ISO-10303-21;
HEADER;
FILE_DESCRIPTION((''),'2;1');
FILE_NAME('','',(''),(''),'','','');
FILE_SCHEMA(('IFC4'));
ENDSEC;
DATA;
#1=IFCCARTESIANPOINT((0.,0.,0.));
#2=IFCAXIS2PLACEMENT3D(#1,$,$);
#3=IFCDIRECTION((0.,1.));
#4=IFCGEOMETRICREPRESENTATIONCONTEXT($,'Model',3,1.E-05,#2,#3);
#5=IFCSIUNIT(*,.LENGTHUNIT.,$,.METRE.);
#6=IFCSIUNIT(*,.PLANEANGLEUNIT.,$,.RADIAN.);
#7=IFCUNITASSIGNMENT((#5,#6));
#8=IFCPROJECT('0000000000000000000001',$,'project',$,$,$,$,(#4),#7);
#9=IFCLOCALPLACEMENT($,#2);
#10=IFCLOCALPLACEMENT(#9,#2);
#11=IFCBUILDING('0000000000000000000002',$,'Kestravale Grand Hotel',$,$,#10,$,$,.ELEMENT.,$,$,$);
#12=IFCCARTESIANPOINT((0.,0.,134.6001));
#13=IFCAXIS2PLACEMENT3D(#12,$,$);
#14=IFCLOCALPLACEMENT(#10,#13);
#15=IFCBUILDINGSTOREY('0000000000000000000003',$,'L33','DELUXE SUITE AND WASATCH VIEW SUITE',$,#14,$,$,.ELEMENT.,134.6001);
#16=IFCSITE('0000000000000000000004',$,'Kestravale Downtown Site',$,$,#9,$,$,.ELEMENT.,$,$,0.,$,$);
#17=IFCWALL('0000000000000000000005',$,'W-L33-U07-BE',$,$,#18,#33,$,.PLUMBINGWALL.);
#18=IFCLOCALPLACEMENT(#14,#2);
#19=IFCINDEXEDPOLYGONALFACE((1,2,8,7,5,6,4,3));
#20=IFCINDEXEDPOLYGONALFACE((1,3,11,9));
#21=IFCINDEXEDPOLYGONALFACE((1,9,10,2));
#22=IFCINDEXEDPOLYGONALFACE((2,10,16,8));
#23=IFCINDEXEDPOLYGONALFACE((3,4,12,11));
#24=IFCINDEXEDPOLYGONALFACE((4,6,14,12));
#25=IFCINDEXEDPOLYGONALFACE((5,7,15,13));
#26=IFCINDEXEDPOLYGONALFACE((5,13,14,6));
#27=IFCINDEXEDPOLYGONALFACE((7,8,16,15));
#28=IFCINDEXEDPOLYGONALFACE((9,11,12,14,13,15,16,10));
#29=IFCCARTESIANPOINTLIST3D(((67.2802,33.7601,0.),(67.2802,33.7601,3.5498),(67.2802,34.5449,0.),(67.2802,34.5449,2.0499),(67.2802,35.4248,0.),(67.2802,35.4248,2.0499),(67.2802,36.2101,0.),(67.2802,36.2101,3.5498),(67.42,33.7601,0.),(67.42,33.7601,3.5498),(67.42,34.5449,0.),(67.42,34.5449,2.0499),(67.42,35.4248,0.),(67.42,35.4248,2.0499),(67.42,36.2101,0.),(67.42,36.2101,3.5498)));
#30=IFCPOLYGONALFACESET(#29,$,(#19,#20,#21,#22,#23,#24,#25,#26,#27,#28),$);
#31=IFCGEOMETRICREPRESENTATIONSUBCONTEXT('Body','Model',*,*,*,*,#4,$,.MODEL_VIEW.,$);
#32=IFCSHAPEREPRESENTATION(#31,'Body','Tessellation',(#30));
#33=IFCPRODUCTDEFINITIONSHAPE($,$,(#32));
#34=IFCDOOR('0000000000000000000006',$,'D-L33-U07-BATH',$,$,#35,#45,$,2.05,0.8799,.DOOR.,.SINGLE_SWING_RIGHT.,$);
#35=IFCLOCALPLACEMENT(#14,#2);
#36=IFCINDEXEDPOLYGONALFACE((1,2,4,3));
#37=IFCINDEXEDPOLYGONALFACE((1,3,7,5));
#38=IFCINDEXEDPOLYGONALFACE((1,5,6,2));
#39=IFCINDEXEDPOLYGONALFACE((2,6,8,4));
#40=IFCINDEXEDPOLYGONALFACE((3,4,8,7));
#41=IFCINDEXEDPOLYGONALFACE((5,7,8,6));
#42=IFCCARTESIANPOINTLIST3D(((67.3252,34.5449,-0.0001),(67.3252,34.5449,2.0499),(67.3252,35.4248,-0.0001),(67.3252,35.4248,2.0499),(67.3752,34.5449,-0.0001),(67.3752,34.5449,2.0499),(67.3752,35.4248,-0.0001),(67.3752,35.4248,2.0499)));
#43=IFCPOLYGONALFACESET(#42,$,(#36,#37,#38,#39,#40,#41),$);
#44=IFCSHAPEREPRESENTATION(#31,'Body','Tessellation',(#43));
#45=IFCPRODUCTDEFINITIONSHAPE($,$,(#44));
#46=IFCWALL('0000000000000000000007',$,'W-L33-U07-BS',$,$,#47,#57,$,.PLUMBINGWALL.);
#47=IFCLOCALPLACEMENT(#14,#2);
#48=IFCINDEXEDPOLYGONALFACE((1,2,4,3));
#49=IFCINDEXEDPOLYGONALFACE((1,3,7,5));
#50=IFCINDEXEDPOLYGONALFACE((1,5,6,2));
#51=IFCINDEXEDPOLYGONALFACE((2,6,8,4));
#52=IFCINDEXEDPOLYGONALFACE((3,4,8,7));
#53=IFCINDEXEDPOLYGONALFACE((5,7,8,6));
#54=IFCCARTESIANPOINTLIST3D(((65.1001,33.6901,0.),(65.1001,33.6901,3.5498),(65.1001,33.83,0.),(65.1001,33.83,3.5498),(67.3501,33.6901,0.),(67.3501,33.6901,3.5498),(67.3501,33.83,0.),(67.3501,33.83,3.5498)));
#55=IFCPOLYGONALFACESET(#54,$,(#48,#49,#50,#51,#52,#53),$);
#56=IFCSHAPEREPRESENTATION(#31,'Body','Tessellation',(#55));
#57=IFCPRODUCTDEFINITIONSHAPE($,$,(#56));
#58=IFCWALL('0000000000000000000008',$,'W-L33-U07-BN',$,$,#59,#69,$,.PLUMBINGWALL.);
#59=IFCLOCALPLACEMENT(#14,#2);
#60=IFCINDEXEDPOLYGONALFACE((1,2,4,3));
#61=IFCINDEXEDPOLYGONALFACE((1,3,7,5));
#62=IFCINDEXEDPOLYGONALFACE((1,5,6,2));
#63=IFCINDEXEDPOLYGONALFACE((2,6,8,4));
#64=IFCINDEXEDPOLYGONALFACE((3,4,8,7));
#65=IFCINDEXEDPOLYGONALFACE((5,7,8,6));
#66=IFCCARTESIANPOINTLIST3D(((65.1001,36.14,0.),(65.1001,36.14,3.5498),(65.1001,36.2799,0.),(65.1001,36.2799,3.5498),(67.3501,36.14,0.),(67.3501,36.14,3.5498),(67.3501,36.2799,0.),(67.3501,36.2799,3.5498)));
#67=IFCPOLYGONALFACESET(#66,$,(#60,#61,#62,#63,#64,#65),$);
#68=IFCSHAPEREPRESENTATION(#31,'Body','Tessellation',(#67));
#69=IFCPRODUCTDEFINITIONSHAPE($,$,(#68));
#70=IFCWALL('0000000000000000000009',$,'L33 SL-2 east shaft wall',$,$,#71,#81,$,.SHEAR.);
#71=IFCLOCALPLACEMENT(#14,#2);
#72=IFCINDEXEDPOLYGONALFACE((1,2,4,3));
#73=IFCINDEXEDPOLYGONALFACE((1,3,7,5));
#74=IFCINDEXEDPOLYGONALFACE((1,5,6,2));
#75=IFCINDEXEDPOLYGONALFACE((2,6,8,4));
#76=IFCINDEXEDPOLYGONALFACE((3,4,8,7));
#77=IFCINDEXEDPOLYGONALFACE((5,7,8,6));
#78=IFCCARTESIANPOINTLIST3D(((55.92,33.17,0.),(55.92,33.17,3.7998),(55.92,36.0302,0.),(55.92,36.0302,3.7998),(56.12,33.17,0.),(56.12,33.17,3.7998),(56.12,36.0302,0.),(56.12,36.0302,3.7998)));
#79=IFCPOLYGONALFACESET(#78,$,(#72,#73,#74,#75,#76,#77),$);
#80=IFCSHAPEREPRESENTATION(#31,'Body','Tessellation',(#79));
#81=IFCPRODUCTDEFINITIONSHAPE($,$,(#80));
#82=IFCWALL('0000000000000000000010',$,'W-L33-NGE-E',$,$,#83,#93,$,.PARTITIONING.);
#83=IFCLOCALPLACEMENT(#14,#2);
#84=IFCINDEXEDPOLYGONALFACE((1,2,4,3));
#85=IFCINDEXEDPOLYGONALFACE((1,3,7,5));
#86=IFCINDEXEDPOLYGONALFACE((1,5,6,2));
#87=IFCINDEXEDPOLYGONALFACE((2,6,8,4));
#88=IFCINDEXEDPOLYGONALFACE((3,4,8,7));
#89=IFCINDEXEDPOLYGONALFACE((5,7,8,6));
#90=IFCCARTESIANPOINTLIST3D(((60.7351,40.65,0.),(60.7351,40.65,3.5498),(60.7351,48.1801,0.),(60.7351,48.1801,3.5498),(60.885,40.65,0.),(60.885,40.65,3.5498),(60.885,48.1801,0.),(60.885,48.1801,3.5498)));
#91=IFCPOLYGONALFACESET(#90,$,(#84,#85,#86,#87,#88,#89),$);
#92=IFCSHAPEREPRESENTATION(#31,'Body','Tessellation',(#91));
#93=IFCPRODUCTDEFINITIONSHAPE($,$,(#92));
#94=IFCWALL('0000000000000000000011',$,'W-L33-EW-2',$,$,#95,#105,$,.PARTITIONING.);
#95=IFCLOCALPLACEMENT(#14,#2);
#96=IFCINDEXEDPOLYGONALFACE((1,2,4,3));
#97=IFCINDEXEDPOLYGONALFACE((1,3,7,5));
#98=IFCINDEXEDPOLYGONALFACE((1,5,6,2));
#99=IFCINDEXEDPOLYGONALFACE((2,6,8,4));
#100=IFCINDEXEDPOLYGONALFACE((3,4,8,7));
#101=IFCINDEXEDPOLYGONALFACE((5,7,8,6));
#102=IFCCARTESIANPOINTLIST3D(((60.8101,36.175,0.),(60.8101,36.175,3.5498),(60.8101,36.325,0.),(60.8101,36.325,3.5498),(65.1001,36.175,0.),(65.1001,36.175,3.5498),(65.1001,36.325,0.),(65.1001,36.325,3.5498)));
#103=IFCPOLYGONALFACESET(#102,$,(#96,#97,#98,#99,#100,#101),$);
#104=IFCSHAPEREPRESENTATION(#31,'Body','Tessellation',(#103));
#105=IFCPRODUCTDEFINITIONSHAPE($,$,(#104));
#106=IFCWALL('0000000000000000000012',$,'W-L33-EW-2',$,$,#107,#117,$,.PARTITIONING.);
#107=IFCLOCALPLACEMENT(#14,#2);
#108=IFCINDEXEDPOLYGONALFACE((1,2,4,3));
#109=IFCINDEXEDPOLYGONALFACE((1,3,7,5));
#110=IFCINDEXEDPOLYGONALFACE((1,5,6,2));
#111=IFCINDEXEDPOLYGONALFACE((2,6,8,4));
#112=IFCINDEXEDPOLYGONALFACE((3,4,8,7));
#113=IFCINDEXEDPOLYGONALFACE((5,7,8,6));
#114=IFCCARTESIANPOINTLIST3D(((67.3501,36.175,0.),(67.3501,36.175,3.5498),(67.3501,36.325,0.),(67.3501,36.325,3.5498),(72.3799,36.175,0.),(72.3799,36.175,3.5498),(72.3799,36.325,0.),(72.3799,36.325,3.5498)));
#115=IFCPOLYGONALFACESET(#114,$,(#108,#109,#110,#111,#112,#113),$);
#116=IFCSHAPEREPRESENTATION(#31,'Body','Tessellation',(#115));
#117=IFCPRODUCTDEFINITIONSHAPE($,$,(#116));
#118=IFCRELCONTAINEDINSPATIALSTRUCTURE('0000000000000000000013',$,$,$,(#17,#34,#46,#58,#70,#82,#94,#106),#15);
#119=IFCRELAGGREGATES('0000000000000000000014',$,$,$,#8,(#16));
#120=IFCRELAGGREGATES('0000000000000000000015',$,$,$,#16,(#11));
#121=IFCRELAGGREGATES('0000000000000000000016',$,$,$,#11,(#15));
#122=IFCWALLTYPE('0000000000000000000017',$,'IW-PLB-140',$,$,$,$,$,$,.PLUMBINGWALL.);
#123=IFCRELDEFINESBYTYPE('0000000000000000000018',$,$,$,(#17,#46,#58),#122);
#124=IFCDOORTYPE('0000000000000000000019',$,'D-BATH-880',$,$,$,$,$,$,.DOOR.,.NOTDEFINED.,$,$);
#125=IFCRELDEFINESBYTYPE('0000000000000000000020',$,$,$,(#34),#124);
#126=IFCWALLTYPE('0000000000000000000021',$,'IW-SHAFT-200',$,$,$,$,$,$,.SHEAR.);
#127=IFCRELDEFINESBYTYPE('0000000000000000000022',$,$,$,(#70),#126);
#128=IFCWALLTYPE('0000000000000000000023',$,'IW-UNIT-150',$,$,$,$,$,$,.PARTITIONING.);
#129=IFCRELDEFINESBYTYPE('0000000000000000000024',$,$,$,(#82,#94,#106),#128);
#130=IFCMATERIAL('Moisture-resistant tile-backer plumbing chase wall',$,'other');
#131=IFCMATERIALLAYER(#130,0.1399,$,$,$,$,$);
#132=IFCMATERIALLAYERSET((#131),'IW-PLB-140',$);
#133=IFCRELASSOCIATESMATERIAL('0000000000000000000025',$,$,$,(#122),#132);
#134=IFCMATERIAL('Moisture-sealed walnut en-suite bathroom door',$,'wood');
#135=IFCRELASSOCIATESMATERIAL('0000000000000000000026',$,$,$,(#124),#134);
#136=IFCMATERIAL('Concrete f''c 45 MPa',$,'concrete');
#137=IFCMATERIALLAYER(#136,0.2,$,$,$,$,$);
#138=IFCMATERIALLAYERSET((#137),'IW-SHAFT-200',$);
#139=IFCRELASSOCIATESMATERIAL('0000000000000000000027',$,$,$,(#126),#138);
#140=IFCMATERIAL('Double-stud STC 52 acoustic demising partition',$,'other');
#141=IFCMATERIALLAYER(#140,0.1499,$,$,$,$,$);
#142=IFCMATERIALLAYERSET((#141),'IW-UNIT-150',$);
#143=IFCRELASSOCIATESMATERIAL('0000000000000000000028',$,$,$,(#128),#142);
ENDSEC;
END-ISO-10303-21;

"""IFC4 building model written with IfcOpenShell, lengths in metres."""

from ifc_helpers import new_model, si_unit, direction, frame, frame_2d, origin, place, context, subcontext, project, spatial, rectangle, extrude, material, layer, layer_set, type_object, element, fill, save


model = new_model("IFC4")

# Units and contexts
model_context = context("Model", 3, precision=1e-05, world=origin(), true_north=direction((0.0, 1.0)))
body_context = subcontext(model_context, "Body", "Model", "MODEL_VIEW")
ifc_project = project(units=[si_unit("LENGTHUNIT", "METRE"), si_unit("PLANEANGLEUNIT", "RADIAN")], contexts=[model_context])

# Site, building, storey
site_placement = place(None, origin())
site = spatial("IfcSite", under=ifc_project, at=site_placement, Name="Kestravale Downtown Site", CompositionType="ELEMENT", RefElevation=0.0)
building_placement = place(site_placement, origin())
building = spatial("IfcBuilding", under=site, at=building_placement, Name="Kestravale Grand Hotel", CompositionType="ELEMENT")
storey_placement = place(building_placement, frame((0.0, 0.0, 134.6001)))
storey = spatial("IfcBuildingStorey", under=building, at=storey_placement, Name="L33", Description="DELUXE SUITE AND WASATCH VIEW SUITE", CompositionType="ELEMENT", Elevation=134.6001)

# Shared definitions
ifc_material_1 = material(Name="Moisture-resistant tile-backer plumbing chase wall", Category="other")
ifc_layer_1 = layer(ifc_material_1, 0.1399)
ifc_layer_set_1 = layer_set([ifc_layer_1], Name="IW-PLB-140")
wall_type_1 = type_object("IfcWallType", Name="IW-PLB-140", PredefinedType="PLUMBINGWALL", material=ifc_layer_set_1)

# Wall, opening, door
wall_1_placement = place(storey_placement, frame((67.3501, 33.76, 0.0), z_axis=(0.0, 0.0, 1.0), x_axis=(0.0, 1.0, 0.0)))
wall_1 = element("IfcWall", 1, at=wall_1_placement, inside=storey, type_object=wall_type_1, Name="W-L33-U07-BE", PredefinedType="PLUMBINGWALL", context=body_context, shape_type="SweptSolid", body=[
    extrude(rectangle(XDim=2.45, YDim=0.1399, at=frame_2d((1.2251, 0.0))), origin(), (0.0, 0.0, 1.0), 3.5498),
])
opening_1_placement = place(wall_1_placement, frame((0.7849, 0.0, 0.0)))
opening_1 = element("IfcOpeningElement", 2, at=opening_1_placement, cuts=wall_1, PredefinedType="OPENING", context=body_context, shape_type="SweptSolid", body=[
    extrude(rectangle(XDim=0.8799, YDim=2.05, at=frame_2d((0.4399, 1.0249))), frame((0.0, 0.0798, 0.0), z_axis=(0.0, -1.0, 0.0), x_axis=(1.0, 0.0, 0.0)), (0.0, 0.0, 1.0), 0.1599),
])
ifc_material_2 = material(Name="Moisture-sealed walnut en-suite bathroom door", Category="wood")
door_type_1 = type_object("IfcDoorType", Name="D-BATH-880", OperationType="NOTDEFINED", PredefinedType="DOOR", material=ifc_material_2)
door_1_placement = place(opening_1_placement, origin())
door_1 = element("IfcDoor", 3, at=door_1_placement, inside=storey, type_object=door_type_1, Name="D-L33-U07-BATH", OperationType="SINGLE_SWING_RIGHT", OverallHeight=2.05, OverallWidth=0.8799, PredefinedType="DOOR", context=body_context, shape_type="SweptSolid", body=[
    extrude(rectangle(XDim=0.8799, YDim=2.05, at=frame_2d((0.4399, 1.0249))), frame((0.0, 0.0249, 0.0), z_axis=(0.0, -1.0, 0.0), x_axis=(1.0, 0.0, 0.0)), (0.0, 0.0, 1.0), 0.05),
])
fill(opening_1, door_1)

# Walls
for number, where, z_axis, x_axis, name in (
    (4, (65.1001, 33.76, 0.0), (0.0, 0.0, 1.0), (1.0, 0.0, 0.0), "W-L33-U07-BS"),
    (5, (65.1001, 36.21, 0.0), (0.0, 0.0, 1.0), (1.0, 0.0, 0.0), "W-L33-U07-BN"),
):
    element("IfcWall", number, at=place(storey_placement, frame(where, z_axis=z_axis, x_axis=x_axis)), inside=storey, type_object=wall_type_1, Name=name, PredefinedType="PLUMBINGWALL", context=body_context, shape_type="SweptSolid", body=[
        extrude(rectangle(XDim=2.25, YDim=0.1399, at=frame_2d((1.125, 0.0))), origin(), (0.0, 0.0, 1.0), 3.5498),
    ])
ifc_material_3 = material(Name="Concrete f'c 45 MPa", Category="concrete")
ifc_layer_2 = layer(ifc_material_3, 0.2)
ifc_layer_set_2 = layer_set([ifc_layer_2], Name="IW-SHAFT-200")
wall_type_2 = type_object("IfcWallType", Name="IW-SHAFT-200", PredefinedType="SHEAR", material=ifc_layer_set_2)
wall_2_placement = place(storey_placement, frame((56.02, 33.1699, 0.0), z_axis=(0.0, 0.0, 1.0), x_axis=(0.0, 1.0, 0.0)))
element("IfcWall", 6, at=wall_2_placement, inside=storey, type_object=wall_type_2, Name="L33 SL-2 east shaft wall", PredefinedType="SHEAR", context=body_context, shape_type="SweptSolid", body=[
    extrude(rectangle(XDim=2.8601, YDim=0.2, at=frame_2d((1.4302, 0.0))), origin(), (0.0, 0.0, 1.0), 3.7998),
])

# Shared definitions
ifc_material_4 = material(Name="Double-stud STC 52 acoustic demising partition", Category="other")
ifc_layer_3 = layer(ifc_material_4, 0.1499)
ifc_layer_set_3 = layer_set([ifc_layer_3], Name="IW-UNIT-150")
wall_type_3 = type_object("IfcWallType", Name="IW-UNIT-150", PredefinedType="PARTITIONING", material=ifc_layer_set_3)

# Walls
wall_3_placement = place(storey_placement, frame((60.8101, 40.6499, 0.0), z_axis=(0.0, 0.0, 1.0), x_axis=(0.0, 1.0, 0.0)))
element("IfcWall", 7, at=wall_3_placement, inside=storey, type_object=wall_type_3, Name="W-L33-NGE-E", PredefinedType="PARTITIONING", context=body_context, shape_type="SweptSolid", body=[
    extrude(rectangle(XDim=7.53, YDim=0.1499, at=frame_2d((3.7651, 0.0))), origin(), (0.0, 0.0, 1.0), 3.5498),
])
wall_4_placement = place(storey_placement, frame((60.8101, 36.25, 0.0), z_axis=(0.0, 0.0, 1.0), x_axis=(1.0, 0.0, 0.0)))
element("IfcWall", 8, at=wall_4_placement, inside=storey, type_object=wall_type_3, Name="W-L33-EW-2", PredefinedType="PARTITIONING", context=body_context, shape_type="SweptSolid", body=[
    extrude(rectangle(XDim=4.29, YDim=0.1499, at=frame_2d((2.145, 0.0))), origin(), (0.0, 0.0, 1.0), 3.5498),
])
wall_5_placement = place(storey_placement, frame((67.3501, 36.25, 0.0), z_axis=(0.0, 0.0, 1.0), x_axis=(1.0, 0.0, 0.0)))
element("IfcWall", 9, at=wall_5_placement, inside=storey, type_object=wall_type_3, Name="W-L33-EW-2", PredefinedType="PARTITIONING", context=body_context, shape_type="SweptSolid", body=[
    extrude(rectangle(XDim=5.0298, YDim=0.1499, at=frame_2d((2.5149, 0.0))), origin(), (0.0, 0.0, 1.0), 3.5498),
])

save(model, "model.ifc")
